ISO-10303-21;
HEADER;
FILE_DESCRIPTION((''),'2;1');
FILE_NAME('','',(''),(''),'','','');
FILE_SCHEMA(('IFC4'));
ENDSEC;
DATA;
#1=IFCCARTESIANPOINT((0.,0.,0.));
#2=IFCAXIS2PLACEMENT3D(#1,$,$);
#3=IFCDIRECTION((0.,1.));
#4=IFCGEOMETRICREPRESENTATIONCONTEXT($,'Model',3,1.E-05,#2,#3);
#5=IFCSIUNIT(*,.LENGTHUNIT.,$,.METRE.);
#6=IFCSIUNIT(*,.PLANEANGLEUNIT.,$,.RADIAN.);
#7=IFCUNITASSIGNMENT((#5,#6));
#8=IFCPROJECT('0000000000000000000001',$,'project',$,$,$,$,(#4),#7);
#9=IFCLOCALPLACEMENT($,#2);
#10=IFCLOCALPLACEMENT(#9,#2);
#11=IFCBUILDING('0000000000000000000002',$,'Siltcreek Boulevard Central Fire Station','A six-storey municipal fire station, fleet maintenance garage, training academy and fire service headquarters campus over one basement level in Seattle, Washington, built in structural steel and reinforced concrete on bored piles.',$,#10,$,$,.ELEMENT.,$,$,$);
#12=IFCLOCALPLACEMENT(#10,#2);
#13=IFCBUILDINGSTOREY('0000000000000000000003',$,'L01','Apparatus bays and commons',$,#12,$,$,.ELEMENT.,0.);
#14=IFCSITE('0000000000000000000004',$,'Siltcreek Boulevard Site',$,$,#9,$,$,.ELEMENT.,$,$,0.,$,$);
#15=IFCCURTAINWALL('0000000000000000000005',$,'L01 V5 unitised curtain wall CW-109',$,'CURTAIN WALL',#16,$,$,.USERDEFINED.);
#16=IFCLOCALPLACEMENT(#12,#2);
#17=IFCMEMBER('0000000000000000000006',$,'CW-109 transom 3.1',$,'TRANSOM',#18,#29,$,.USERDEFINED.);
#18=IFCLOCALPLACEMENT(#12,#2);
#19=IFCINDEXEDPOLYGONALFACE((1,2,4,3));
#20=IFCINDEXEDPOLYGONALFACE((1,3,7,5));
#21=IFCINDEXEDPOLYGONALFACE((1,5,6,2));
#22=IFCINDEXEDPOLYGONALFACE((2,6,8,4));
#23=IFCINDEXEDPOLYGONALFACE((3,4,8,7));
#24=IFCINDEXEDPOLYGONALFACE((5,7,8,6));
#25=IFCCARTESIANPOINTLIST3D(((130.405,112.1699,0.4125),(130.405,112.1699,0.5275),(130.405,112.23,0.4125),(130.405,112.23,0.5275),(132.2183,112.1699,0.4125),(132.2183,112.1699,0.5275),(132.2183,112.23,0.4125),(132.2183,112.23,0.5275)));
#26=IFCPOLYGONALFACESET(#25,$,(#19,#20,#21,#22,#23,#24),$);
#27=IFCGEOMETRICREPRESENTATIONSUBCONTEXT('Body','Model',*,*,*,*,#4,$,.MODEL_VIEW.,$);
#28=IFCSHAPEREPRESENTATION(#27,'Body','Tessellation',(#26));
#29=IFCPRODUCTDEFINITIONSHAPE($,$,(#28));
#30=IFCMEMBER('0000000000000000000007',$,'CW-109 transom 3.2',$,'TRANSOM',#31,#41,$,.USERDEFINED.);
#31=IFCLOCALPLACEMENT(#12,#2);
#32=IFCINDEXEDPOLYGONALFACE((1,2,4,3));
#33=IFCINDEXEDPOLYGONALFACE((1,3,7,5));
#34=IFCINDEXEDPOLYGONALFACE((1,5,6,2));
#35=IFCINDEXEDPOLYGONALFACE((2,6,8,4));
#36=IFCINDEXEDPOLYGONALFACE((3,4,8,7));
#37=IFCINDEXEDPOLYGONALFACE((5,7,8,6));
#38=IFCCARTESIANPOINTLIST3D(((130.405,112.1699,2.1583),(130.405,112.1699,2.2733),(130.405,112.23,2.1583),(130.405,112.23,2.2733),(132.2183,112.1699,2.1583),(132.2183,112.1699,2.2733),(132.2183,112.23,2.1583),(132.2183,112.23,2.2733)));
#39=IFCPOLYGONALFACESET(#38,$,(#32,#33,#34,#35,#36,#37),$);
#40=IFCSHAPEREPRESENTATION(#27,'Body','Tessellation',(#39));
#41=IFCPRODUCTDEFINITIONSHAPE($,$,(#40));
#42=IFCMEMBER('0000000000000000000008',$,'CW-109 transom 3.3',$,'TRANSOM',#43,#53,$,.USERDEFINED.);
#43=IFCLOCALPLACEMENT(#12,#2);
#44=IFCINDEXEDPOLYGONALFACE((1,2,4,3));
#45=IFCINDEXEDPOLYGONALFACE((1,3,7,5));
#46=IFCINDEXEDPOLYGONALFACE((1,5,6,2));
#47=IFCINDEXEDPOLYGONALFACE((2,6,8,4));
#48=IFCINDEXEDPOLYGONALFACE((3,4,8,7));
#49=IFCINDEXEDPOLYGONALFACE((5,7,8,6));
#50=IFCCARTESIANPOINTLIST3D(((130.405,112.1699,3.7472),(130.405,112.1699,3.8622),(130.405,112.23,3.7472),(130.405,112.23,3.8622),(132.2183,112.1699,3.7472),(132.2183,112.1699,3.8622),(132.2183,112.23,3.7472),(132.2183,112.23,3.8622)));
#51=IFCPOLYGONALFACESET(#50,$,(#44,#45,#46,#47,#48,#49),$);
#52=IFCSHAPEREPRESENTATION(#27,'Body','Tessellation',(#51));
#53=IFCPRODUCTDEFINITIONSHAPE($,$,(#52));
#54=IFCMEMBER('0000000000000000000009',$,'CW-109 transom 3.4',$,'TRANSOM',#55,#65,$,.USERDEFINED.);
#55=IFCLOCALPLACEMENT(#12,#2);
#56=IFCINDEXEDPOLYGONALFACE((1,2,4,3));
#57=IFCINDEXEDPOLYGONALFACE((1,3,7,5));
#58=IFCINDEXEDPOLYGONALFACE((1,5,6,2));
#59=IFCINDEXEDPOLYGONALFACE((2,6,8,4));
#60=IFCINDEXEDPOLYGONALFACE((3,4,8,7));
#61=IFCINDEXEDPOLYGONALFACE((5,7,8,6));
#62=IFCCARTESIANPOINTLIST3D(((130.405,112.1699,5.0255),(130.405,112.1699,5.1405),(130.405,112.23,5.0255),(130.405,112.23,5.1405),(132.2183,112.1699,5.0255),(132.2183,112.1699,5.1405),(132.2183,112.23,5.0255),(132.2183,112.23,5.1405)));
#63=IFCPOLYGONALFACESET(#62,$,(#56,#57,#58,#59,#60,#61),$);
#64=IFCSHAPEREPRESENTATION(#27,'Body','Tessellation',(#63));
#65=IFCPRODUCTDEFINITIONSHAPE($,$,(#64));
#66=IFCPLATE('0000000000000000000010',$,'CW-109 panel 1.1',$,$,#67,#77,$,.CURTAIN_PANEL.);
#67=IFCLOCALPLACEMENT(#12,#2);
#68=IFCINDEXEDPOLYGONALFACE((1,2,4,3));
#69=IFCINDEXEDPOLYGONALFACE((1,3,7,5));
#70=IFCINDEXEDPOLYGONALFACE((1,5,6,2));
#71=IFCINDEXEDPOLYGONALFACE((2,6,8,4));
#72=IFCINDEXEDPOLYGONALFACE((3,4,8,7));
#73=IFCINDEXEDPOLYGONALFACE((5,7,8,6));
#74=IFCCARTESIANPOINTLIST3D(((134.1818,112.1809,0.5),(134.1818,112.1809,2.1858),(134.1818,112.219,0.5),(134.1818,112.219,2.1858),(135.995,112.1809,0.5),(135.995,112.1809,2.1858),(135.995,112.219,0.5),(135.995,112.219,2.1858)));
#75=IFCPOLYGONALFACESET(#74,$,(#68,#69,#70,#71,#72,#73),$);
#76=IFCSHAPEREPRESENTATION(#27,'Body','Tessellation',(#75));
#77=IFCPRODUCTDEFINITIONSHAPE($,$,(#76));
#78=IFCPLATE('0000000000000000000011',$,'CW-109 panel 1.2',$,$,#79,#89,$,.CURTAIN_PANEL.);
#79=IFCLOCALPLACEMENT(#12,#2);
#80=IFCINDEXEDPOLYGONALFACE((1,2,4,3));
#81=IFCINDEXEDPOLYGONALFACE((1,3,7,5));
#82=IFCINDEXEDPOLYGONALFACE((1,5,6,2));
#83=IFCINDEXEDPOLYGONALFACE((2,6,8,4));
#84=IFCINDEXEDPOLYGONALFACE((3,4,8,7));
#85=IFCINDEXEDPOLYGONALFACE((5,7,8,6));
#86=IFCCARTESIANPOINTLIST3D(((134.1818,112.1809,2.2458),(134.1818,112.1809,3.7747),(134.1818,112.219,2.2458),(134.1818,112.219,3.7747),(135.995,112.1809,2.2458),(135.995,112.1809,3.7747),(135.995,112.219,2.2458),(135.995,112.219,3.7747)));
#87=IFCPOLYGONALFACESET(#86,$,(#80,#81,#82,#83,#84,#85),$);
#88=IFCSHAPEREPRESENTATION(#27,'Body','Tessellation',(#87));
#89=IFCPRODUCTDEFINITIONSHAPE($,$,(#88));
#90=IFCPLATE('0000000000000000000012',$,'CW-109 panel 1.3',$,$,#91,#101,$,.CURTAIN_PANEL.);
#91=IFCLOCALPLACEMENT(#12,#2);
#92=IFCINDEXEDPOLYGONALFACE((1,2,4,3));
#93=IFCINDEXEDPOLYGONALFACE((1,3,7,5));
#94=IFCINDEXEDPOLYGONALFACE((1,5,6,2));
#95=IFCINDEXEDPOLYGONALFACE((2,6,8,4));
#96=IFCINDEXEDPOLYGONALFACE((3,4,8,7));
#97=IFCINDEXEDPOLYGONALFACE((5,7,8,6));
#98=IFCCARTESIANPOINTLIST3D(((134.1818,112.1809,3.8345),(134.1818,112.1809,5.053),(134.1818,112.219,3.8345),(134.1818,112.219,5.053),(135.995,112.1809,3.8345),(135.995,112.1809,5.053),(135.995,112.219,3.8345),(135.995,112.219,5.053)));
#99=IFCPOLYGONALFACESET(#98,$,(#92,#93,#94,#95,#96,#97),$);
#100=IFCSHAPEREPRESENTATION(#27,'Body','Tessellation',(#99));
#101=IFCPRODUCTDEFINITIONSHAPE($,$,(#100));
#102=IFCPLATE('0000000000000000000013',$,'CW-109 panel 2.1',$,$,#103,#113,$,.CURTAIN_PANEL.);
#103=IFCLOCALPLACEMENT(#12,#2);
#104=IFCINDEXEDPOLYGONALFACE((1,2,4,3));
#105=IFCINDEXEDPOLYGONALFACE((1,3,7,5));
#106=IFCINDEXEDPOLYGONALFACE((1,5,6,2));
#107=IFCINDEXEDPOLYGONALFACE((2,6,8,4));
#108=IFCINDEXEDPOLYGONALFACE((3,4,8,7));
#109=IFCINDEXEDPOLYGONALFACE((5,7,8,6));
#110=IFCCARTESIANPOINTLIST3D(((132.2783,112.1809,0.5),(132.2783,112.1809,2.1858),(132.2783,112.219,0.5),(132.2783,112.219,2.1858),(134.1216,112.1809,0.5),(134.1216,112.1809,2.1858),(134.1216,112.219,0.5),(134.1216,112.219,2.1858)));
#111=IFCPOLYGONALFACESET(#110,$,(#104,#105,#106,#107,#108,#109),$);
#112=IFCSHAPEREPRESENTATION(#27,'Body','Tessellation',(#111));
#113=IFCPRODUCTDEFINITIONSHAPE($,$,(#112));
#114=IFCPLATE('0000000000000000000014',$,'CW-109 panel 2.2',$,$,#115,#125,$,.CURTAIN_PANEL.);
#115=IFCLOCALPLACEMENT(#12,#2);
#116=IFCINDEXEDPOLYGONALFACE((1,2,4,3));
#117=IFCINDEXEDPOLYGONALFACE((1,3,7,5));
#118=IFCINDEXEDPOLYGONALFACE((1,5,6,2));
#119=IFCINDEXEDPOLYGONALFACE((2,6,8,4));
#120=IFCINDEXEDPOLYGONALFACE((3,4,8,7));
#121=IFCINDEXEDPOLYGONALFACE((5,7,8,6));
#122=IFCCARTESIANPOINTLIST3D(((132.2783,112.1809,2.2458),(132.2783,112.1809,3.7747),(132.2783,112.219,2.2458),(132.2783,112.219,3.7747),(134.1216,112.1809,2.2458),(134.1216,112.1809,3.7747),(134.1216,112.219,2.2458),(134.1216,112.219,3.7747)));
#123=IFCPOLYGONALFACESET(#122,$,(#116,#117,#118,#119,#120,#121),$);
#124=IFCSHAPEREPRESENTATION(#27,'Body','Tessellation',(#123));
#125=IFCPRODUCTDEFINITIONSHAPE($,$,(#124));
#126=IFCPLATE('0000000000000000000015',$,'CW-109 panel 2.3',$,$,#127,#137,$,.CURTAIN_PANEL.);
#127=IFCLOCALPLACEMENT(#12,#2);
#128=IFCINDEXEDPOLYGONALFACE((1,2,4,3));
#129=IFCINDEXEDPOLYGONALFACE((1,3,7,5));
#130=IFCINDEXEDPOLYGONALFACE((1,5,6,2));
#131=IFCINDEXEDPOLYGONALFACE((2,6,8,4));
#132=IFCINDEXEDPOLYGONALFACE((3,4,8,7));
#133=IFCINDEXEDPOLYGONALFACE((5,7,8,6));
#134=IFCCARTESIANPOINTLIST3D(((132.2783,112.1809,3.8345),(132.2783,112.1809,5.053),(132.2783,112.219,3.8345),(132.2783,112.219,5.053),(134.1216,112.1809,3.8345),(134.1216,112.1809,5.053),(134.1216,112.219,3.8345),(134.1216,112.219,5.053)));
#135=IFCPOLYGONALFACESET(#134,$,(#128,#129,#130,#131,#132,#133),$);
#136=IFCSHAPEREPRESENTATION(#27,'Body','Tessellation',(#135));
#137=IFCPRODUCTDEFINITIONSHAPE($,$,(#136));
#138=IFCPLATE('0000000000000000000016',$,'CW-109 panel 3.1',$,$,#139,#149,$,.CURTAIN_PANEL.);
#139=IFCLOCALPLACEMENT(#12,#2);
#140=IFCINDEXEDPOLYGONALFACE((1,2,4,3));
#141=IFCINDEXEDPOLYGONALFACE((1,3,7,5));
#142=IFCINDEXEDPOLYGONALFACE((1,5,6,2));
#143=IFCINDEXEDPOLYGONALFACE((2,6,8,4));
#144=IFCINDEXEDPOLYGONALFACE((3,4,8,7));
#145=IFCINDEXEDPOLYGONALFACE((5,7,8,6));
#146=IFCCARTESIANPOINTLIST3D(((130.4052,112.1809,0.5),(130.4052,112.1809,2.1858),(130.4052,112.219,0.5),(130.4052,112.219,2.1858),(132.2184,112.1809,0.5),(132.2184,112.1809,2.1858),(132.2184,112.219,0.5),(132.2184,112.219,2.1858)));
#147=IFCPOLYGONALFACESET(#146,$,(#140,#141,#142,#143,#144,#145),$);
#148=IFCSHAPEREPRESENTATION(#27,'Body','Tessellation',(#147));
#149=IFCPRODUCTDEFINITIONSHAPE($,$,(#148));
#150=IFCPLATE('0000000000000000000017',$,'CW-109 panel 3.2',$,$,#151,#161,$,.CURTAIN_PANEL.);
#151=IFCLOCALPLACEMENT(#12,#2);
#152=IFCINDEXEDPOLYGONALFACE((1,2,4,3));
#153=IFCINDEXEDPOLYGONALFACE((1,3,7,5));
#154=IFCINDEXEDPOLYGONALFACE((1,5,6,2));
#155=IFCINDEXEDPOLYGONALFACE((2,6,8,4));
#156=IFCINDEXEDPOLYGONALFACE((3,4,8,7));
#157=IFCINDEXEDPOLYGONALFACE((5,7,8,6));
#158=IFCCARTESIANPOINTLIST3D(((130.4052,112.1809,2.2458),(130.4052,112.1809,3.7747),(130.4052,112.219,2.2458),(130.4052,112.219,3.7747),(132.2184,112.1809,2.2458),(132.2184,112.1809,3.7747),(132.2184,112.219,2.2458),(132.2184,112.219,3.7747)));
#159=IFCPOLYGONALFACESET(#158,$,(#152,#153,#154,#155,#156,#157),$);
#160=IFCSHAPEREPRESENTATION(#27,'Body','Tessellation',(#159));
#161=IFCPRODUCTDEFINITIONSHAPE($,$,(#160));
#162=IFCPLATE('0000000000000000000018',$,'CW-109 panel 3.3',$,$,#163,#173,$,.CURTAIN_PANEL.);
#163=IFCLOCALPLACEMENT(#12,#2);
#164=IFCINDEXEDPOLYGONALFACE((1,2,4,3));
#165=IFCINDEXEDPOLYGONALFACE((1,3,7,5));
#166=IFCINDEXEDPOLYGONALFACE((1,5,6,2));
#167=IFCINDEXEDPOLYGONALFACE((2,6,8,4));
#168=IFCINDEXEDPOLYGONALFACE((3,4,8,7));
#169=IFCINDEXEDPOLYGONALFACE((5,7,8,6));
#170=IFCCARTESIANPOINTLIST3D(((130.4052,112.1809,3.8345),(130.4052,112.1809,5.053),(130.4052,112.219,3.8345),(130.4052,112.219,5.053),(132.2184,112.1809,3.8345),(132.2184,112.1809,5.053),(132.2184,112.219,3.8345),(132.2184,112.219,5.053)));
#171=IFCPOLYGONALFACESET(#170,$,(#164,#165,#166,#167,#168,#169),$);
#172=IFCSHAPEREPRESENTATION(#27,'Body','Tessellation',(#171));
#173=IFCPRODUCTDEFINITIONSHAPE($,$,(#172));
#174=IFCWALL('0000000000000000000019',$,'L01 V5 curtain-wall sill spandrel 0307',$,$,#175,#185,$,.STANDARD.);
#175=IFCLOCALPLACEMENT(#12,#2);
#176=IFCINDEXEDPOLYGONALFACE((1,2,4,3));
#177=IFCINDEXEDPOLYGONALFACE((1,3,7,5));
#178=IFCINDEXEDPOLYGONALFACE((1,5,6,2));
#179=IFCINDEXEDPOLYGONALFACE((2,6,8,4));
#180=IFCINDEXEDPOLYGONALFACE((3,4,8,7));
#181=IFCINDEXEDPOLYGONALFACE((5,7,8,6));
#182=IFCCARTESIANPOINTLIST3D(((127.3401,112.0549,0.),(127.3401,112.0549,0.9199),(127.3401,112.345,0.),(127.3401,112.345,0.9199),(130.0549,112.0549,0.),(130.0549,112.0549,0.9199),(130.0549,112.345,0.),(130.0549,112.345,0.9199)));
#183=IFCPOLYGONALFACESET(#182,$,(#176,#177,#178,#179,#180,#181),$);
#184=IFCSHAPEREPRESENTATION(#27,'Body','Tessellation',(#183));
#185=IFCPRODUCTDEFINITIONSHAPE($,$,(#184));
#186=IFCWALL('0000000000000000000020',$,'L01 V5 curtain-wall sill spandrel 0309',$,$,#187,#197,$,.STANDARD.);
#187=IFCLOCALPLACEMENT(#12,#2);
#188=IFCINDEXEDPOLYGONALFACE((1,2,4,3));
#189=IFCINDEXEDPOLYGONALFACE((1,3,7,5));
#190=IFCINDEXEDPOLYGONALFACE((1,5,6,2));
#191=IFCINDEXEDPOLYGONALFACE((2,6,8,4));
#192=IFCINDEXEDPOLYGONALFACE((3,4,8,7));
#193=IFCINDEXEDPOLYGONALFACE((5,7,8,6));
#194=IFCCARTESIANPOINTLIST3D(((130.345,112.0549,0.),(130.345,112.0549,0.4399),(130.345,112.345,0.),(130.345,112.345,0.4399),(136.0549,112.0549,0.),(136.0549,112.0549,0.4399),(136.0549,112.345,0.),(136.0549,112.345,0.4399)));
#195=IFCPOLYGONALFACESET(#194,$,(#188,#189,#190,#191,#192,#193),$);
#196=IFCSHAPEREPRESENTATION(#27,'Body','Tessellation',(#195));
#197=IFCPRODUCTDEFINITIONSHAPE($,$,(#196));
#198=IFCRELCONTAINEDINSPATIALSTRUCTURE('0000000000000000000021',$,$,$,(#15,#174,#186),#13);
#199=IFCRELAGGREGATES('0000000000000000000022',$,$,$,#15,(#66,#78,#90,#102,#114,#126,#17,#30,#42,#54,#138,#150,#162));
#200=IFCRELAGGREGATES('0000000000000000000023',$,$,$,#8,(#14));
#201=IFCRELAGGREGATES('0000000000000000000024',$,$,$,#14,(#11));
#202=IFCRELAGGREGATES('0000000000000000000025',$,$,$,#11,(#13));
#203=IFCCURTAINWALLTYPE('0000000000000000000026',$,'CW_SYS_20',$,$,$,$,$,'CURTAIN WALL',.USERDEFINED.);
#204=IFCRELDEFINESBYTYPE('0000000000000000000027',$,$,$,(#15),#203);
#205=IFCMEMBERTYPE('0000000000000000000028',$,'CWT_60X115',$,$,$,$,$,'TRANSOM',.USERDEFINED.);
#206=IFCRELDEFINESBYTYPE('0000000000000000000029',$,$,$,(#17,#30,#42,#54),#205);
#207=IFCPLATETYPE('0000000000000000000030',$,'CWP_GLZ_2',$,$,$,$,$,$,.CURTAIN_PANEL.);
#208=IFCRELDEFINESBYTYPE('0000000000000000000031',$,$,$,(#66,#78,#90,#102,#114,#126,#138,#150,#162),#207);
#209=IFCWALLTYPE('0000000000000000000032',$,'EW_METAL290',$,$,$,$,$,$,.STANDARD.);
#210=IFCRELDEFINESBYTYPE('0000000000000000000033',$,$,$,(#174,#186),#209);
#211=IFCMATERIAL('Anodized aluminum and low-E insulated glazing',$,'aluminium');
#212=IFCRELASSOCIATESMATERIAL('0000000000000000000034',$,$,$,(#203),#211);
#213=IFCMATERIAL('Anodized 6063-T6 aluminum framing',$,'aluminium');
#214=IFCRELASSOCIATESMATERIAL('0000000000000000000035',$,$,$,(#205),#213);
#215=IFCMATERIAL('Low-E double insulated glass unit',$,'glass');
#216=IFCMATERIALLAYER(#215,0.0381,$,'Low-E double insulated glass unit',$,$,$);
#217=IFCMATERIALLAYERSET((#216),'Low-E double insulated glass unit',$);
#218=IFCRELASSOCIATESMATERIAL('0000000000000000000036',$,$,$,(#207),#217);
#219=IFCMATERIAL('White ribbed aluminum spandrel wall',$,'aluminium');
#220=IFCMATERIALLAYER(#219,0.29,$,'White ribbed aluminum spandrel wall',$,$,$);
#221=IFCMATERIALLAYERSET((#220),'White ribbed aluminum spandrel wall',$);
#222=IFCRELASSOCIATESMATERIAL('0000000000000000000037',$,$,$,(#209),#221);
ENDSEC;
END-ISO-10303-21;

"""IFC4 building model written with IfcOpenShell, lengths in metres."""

from ifc_helpers import new_model, si_unit, direction, frame, frame_2d, origin, origin_2d, place, context, subcontext, project, spatial, rectangle, extrude, material, layer, layer_set, material_profile, profile_set, type_object, element, aggregate, save


model = new_model("IFC4")

# Units and contexts
model_context = context("Model", 3, precision=1e-05, world=origin(), true_north=direction((0.0, 1.0)))
body_context = subcontext(model_context, "Body", "Model", "MODEL_VIEW")
ifc_project = project(units=[si_unit("LENGTHUNIT", "METRE"), si_unit("PLANEANGLEUNIT", "RADIAN")], contexts=[model_context])

# Site, building, storey
site_placement = place(None, origin())
site = spatial("IfcSite", under=ifc_project, at=site_placement, Name="Siltcreek Boulevard Site", CompositionType="ELEMENT", RefElevation=0.0)
building_placement = place(site_placement, origin())
building = spatial("IfcBuilding", under=site, at=building_placement, Name="Siltcreek Boulevard Central Fire Station", Description="A six-storey municipal fire station, fleet maintenance garage, training academy and fire service headquarters campus over one basement level in Seattle, Washington, built in structural steel and reinforced concrete on bored piles.", CompositionType="ELEMENT")
storey_placement = place(building_placement, origin())
storey = spatial("IfcBuildingStorey", under=building, at=storey_placement, Name="L01", Description="Apparatus bays and commons", CompositionType="ELEMENT", Elevation=0.0)

# Shared definitions
ifc_material_1 = material(Name="Anodized aluminum and low-E insulated glazing", Category="aluminium")
ifc_material_2 = material(Name="Anodized 6063-T6 aluminum framing", Category="aluminium")

# Curtain wall, members, plates
curtain_wall_type_1 = type_object("IfcCurtainWallType", Name="CW_SYS_20", ElementType="CURTAIN WALL", PredefinedType="USERDEFINED", material=ifc_material_1)
curtain_wall_1_placement = place(storey_placement, origin())
curtain_wall_1 = element("IfcCurtainWall", 1, at=curtain_wall_1_placement, inside=storey, type_object=curtain_wall_type_1, Name="L01 V5 unitised curtain wall CW-109", ObjectType="CURTAIN WALL", PredefinedType="USERDEFINED")
ifc_material_profile_1 = material_profile(ifc_material_2, rectangle(XDim=0.0601, YDim=0.115, at=origin_2d()), Name="TRAN60X115")
ifc_profile_set_1 = profile_set([ifc_material_profile_1], Name="Anodized 6063-T6 aluminum framing")
member_type_1 = type_object("IfcMemberType", Name="CWT_60X115", ElementType="TRANSOM", PredefinedType="USERDEFINED", material=ifc_profile_set_1)
member_1_placement = place(storey_placement, frame((132.2183, 112.2, 0.47), z_axis=(-1.0, 0.0, 0.0), x_axis=(0.0, -1.0, 0.0)))
member_1 = element("IfcMember", 2, at=member_1_placement, type_object=member_type_1, Name="CW-109 transom 3.1", ObjectType="TRANSOM", PredefinedType="USERDEFINED", context=body_context, shape_type="SweptSolid", body=[
    extrude(rectangle(XDim=0.0601, YDim=0.115, at=origin_2d()), origin(), (0.0, 0.0, 1.0), 1.8132),
])
member_2_placement = place(storey_placement, frame((132.2183, 112.2, 2.2158), z_axis=(-1.0, 0.0, 0.0), x_axis=(0.0, -1.0, 0.0)))
member_2 = element("IfcMember", 3, at=member_2_placement, type_object=member_type_1, Name="CW-109 transom 3.2", ObjectType="TRANSOM", PredefinedType="USERDEFINED", context=body_context, shape_type="SweptSolid", body=[
    extrude(rectangle(XDim=0.0601, YDim=0.115, at=origin_2d()), origin(), (0.0, 0.0, 1.0), 1.8132),
])
member_3_placement = place(storey_placement, frame((132.2183, 112.2, 3.8047), z_axis=(-1.0, 0.0, 0.0), x_axis=(0.0, -1.0, 0.0)))
member_3 = element("IfcMember", 4, at=member_3_placement, type_object=member_type_1, Name="CW-109 transom 3.3", ObjectType="TRANSOM", PredefinedType="USERDEFINED", context=body_context, shape_type="SweptSolid", body=[
    extrude(rectangle(XDim=0.0601, YDim=0.115, at=origin_2d()), origin(), (0.0, 0.0, 1.0), 1.8132),
])
member_4_placement = place(storey_placement, frame((132.2183, 112.2, 5.083), z_axis=(-1.0, 0.0, 0.0), x_axis=(0.0, -1.0, 0.0)))
member_4 = element("IfcMember", 5, at=member_4_placement, type_object=member_type_1, Name="CW-109 transom 3.4", ObjectType="TRANSOM", PredefinedType="USERDEFINED", context=body_context, shape_type="SweptSolid", body=[
    extrude(rectangle(XDim=0.0601, YDim=0.115, at=origin_2d()), origin(), (0.0, 0.0, 1.0), 1.8132),
])
ifc_material_3 = material(Name="Low-E double insulated glass unit", Category="glass")
ifc_layer_1 = layer(ifc_material_3, 0.0381, Name="Low-E double insulated glass unit")
ifc_layer_set_1 = layer_set([ifc_layer_1], Name="Low-E double insulated glass unit")
plate_type = type_object("IfcPlateType", Name="CWP_GLZ_2", PredefinedType="CURTAIN_PANEL", material=ifc_layer_set_1)
plate_1_placement = place(storey_placement, frame((135.0884, 112.2, 0.5), z_axis=(0.0, 0.0, 1.0), x_axis=(-1.0, 0.0, 0.0)))
plate_1 = element("IfcPlate", 6, at=plate_1_placement, type_object=plate_type, Name="CW-109 panel 1.1", PredefinedType="CURTAIN_PANEL", context=body_context, shape_type="SweptSolid", body=[
    extrude(rectangle(XDim=1.8132, YDim=0.0381, at=origin_2d()), origin(), (0.0, 0.0, 1.0), 1.6858),
])
plate_2_placement = place(storey_placement, frame((135.0884, 112.2, 2.2458), z_axis=(0.0, 0.0, 1.0), x_axis=(-1.0, 0.0, 0.0)))
plate_2 = element("IfcPlate", 7, at=plate_2_placement, type_object=plate_type, Name="CW-109 panel 1.2", PredefinedType="CURTAIN_PANEL", context=body_context, shape_type="SweptSolid", body=[
    extrude(rectangle(XDim=1.8132, YDim=0.0381, at=origin_2d()), origin(), (0.0, 0.0, 1.0), 1.5288),
])
plate_3_placement = place(storey_placement, frame((135.0884, 112.2, 3.8345), z_axis=(0.0, 0.0, 1.0), x_axis=(-1.0, 0.0, 0.0)))
plate_3 = element("IfcPlate", 8, at=plate_3_placement, type_object=plate_type, Name="CW-109 panel 1.3", PredefinedType="CURTAIN_PANEL", context=body_context, shape_type="SweptSolid", body=[
    extrude(rectangle(XDim=1.8132, YDim=0.0381, at=origin_2d()), origin(), (0.0, 0.0, 1.0), 1.2185),
])
plate_4_placement = place(storey_placement, frame((133.2, 112.2, 0.5), z_axis=(0.0, 0.0, 1.0), x_axis=(-1.0, 0.0, 0.0)))
plate_4 = element("IfcPlate", 9, at=plate_4_placement, type_object=plate_type, Name="CW-109 panel 2.1", PredefinedType="CURTAIN_PANEL", context=body_context, shape_type="SweptSolid", body=[
    extrude(rectangle(XDim=1.8433, YDim=0.0381, at=origin_2d()), origin(), (0.0, 0.0, 1.0), 1.6858),
])
plate_5_placement = place(storey_placement, frame((133.2, 112.2, 2.2458), z_axis=(0.0, 0.0, 1.0), x_axis=(-1.0, 0.0, 0.0)))
plate_5 = element("IfcPlate", 10, at=plate_5_placement, type_object=plate_type, Name="CW-109 panel 2.2", PredefinedType="CURTAIN_PANEL", context=body_context, shape_type="SweptSolid", body=[
    extrude(rectangle(XDim=1.8433, YDim=0.0381, at=origin_2d()), origin(), (0.0, 0.0, 1.0), 1.5288),
])
plate_6_placement = place(storey_placement, frame((133.2, 112.2, 3.8345), z_axis=(0.0, 0.0, 1.0), x_axis=(-1.0, 0.0, 0.0)))
plate_6 = element("IfcPlate", 11, at=plate_6_placement, type_object=plate_type, Name="CW-109 panel 2.3", PredefinedType="CURTAIN_PANEL", context=body_context, shape_type="SweptSolid", body=[
    extrude(rectangle(XDim=1.8433, YDim=0.0381, at=origin_2d()), origin(), (0.0, 0.0, 1.0), 1.2185),
])
plate_7_placement = place(storey_placement, frame((131.3118, 112.2, 0.5), z_axis=(0.0, 0.0, 1.0), x_axis=(-1.0, 0.0, 0.0)))
plate_7 = element("IfcPlate", 12, at=plate_7_placement, type_object=plate_type, Name="CW-109 panel 3.1", PredefinedType="CURTAIN_PANEL", context=body_context, shape_type="SweptSolid", body=[
    extrude(rectangle(XDim=1.8132, YDim=0.0381, at=origin_2d()), origin(), (0.0, 0.0, 1.0), 1.6858),
])
plate_8_placement = place(storey_placement, frame((131.3118, 112.2, 2.2458), z_axis=(0.0, 0.0, 1.0), x_axis=(-1.0, 0.0, 0.0)))
plate_8 = element("IfcPlate", 13, at=plate_8_placement, type_object=plate_type, Name="CW-109 panel 3.2", PredefinedType="CURTAIN_PANEL", context=body_context, shape_type="SweptSolid", body=[
    extrude(rectangle(XDim=1.8132, YDim=0.0381, at=origin_2d()), origin(), (0.0, 0.0, 1.0), 1.5288),
])
plate_9_placement = place(storey_placement, frame((131.3118, 112.2, 3.8345), z_axis=(0.0, 0.0, 1.0), x_axis=(-1.0, 0.0, 0.0)))
plate_9 = element("IfcPlate", 14, at=plate_9_placement, type_object=plate_type, Name="CW-109 panel 3.3", PredefinedType="CURTAIN_PANEL", context=body_context, shape_type="SweptSolid", body=[
    extrude(rectangle(XDim=1.8132, YDim=0.0381, at=origin_2d()), origin(), (0.0, 0.0, 1.0), 1.2185),
])
aggregate(curtain_wall_1, [plate_1, plate_2, plate_3, plate_4, plate_5, plate_6, member_1, member_2, member_3, member_4, plate_7, plate_8, plate_9])

# Walls
ifc_material_4 = material(Name="White ribbed aluminum spandrel wall", Category="aluminium")
ifc_layer_2 = layer(ifc_material_4, 0.29, Name="White ribbed aluminum spandrel wall")
ifc_layer_set_2 = layer_set([ifc_layer_2], Name="White ribbed aluminum spandrel wall")
wall_type = type_object("IfcWallType", Name="EW_METAL290", PredefinedType="STANDARD", material=ifc_layer_set_2)
wall_1_placement = place(storey_placement, frame((130.0549, 112.2, 0.0), z_axis=(0.0, 0.0, 1.0), x_axis=(-1.0, 0.0, 0.0)))
element("IfcWall", 15, at=wall_1_placement, inside=storey, type_object=wall_type, Name="L01 V5 curtain-wall sill spandrel 0307", PredefinedType="STANDARD", context=body_context, shape_type="SweptSolid", body=[
    extrude(rectangle(XDim=2.7148, YDim=0.29, at=frame_2d((1.3574, 0.0))), origin(), (0.0, 0.0, 1.0), 0.9199),
])
wall_2_placement = place(storey_placement, frame((136.0549, 112.2, 0.0), z_axis=(0.0, 0.0, 1.0), x_axis=(-1.0, 0.0, 0.0)))
element("IfcWall", 16, at=wall_2_placement, inside=storey, type_object=wall_type, Name="L01 V5 curtain-wall sill spandrel 0309", PredefinedType="STANDARD", context=body_context, shape_type="SweptSolid", body=[
    extrude(rectangle(XDim=5.71, YDim=0.29, at=frame_2d((2.855, 0.0))), origin(), (0.0, 0.0, 1.0), 0.4399),
])

save(model, "model.ifc")
